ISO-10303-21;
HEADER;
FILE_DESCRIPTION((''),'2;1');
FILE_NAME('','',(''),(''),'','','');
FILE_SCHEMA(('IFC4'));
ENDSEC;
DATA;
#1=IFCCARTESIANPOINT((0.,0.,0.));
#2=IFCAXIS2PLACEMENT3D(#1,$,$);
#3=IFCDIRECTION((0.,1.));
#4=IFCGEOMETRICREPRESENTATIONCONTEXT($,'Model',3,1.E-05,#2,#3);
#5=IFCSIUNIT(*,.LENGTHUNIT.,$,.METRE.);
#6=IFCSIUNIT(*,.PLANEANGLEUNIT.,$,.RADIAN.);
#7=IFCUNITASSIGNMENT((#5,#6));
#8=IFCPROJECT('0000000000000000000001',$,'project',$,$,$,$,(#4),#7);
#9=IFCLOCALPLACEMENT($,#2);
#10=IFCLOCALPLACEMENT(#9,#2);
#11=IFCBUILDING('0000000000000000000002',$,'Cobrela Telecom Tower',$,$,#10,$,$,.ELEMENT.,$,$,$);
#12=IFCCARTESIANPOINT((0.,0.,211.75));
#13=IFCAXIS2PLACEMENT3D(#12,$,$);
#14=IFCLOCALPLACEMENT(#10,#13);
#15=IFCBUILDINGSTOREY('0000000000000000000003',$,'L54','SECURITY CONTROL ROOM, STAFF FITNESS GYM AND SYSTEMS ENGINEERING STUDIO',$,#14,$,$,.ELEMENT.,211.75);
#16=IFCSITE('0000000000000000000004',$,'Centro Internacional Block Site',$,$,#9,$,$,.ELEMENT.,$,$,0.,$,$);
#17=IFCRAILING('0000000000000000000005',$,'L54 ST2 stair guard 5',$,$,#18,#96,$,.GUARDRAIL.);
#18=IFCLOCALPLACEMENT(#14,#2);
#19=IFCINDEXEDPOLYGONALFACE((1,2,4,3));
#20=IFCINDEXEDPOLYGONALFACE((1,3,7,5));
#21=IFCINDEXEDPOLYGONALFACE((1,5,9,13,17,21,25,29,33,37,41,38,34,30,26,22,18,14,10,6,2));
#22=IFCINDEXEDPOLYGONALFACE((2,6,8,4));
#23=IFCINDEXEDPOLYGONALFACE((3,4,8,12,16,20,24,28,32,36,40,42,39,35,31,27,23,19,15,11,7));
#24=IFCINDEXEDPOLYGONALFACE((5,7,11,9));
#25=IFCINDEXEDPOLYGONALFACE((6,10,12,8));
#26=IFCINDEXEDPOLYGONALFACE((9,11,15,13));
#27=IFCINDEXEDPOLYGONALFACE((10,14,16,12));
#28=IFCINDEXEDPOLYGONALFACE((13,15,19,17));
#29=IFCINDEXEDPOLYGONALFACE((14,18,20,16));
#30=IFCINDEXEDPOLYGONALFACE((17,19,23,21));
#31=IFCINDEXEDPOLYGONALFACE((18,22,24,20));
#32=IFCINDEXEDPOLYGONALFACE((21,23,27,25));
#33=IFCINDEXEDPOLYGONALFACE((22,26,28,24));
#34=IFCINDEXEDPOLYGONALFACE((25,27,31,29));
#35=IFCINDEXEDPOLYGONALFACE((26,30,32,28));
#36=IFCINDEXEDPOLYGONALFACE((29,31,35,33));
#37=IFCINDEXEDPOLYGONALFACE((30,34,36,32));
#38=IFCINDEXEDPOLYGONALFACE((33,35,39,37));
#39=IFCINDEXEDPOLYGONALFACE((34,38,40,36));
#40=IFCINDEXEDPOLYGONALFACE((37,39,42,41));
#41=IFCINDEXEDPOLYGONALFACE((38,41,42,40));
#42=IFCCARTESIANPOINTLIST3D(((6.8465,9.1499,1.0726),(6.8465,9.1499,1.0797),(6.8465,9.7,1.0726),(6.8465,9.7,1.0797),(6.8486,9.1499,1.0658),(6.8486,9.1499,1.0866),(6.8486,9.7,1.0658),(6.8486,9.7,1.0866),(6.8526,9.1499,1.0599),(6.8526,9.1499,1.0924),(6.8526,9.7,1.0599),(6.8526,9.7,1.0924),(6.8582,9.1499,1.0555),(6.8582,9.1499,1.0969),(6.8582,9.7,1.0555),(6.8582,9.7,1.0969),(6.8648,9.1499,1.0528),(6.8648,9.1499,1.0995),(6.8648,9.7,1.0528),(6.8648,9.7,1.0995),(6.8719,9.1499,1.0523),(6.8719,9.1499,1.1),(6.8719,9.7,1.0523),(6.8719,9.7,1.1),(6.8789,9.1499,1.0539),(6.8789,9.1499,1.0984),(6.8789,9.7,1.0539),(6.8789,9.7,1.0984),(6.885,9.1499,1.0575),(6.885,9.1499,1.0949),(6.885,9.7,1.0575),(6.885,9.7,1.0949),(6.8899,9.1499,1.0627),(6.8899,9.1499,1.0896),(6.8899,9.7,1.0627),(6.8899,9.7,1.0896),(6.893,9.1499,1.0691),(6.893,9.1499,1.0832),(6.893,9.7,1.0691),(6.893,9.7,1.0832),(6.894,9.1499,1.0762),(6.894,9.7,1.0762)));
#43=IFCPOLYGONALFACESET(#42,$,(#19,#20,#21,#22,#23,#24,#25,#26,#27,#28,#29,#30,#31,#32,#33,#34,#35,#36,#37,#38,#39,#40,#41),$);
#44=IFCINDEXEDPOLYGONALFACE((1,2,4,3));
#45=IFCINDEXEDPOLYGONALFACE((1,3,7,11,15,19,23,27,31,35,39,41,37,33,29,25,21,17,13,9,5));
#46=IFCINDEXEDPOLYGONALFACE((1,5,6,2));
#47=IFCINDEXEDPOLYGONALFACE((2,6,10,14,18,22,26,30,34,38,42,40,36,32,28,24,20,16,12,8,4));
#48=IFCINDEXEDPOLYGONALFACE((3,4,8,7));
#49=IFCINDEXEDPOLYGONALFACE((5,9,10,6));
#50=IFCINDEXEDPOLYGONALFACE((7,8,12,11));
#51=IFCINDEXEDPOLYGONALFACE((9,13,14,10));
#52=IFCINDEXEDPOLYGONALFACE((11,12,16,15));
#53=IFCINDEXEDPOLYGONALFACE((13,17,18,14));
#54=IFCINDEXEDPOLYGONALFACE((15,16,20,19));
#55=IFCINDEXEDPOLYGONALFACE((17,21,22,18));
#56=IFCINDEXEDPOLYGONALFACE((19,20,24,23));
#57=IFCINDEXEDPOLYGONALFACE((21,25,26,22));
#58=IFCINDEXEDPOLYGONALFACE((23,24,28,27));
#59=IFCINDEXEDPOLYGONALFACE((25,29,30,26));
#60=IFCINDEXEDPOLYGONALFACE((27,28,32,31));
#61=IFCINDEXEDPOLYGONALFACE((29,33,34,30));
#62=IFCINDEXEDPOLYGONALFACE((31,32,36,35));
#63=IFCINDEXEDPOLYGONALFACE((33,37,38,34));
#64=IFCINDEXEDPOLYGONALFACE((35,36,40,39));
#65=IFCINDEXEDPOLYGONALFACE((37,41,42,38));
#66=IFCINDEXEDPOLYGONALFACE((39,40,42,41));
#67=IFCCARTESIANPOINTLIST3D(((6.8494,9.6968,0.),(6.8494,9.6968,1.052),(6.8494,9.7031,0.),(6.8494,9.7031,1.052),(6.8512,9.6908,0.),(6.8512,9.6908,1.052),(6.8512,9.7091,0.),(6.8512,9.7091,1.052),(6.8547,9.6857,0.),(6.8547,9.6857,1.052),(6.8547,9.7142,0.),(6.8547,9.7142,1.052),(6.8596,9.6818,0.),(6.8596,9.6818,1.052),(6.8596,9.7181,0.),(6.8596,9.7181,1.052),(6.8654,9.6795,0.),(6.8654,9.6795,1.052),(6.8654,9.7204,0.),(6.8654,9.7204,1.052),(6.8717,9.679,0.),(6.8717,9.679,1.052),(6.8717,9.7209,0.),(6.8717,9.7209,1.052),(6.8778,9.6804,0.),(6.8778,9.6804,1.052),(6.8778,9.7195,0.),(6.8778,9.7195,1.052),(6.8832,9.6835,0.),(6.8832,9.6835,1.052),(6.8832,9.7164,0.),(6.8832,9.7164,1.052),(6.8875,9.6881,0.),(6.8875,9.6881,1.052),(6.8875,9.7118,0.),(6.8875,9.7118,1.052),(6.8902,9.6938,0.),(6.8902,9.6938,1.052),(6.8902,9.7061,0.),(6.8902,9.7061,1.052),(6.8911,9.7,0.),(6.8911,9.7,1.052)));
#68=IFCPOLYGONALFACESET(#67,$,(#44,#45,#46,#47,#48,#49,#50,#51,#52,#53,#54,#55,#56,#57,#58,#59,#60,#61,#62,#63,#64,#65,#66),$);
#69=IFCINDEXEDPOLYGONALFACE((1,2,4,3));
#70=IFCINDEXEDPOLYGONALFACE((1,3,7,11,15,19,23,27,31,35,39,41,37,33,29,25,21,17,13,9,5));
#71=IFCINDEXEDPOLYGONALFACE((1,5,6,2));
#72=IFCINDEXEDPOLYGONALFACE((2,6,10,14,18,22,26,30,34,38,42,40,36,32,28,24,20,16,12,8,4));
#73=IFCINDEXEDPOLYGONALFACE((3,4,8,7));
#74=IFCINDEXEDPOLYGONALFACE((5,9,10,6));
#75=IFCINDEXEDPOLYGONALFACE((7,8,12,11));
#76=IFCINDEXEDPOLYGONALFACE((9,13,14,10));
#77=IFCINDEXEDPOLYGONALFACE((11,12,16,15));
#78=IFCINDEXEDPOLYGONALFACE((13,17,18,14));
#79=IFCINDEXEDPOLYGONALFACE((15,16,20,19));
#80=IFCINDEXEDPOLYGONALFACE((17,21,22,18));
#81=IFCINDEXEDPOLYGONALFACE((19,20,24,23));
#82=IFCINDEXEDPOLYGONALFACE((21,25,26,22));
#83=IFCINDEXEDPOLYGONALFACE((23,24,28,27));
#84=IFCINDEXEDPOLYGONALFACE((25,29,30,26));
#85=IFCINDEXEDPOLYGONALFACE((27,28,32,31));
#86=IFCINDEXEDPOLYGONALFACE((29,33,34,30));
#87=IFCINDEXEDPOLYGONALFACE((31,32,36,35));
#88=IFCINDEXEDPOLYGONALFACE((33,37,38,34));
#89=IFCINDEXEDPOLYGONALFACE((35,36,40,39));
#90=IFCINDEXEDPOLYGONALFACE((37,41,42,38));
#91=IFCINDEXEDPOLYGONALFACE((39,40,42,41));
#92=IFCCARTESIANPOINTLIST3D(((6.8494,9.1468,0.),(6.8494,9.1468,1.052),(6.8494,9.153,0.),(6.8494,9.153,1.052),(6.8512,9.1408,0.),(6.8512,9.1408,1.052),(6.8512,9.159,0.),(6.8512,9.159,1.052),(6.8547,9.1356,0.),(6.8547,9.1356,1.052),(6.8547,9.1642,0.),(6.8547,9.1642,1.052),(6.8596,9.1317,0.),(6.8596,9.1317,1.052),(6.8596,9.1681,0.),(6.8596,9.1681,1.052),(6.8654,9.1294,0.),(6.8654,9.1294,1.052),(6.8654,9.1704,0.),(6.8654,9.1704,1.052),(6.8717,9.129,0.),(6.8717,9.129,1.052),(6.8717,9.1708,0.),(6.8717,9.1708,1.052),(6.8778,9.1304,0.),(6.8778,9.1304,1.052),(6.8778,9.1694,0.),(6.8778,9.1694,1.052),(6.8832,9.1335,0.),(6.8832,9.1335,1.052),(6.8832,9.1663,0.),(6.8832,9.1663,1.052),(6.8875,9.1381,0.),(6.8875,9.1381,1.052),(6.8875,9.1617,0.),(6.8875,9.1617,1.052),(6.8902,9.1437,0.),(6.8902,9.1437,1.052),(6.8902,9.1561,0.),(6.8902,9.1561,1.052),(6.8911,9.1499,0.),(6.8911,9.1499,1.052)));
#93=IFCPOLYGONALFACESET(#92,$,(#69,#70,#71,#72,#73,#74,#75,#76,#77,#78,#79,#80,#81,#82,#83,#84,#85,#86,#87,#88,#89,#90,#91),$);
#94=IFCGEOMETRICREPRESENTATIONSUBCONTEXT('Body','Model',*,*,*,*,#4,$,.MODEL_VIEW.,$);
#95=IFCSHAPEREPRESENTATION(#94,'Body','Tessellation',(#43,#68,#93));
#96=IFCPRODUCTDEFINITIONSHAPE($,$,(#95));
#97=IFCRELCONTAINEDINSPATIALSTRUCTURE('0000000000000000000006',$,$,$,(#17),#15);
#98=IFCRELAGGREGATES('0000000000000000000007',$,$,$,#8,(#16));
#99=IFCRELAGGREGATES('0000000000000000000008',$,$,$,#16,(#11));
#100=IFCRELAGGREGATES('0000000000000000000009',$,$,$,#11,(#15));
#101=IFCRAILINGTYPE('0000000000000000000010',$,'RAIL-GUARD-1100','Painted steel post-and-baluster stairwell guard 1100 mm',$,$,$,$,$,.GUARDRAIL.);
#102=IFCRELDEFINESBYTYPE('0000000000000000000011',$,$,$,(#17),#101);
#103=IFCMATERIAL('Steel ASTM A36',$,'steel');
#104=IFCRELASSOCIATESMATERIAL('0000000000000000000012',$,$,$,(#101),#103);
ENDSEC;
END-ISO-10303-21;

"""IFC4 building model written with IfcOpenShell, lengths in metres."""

from ifc_helpers import new_model, si_unit, direction, frame, origin, origin_2d, place, context, subcontext, project, spatial, circle, extrude, material, type_object, element, save


model = new_model("IFC4")

# Units and contexts
model_context = context("Model", 3, precision=1e-05, world=origin(), true_north=direction((0.0, 1.0)))
body_context = subcontext(model_context, "Body", "Model", "MODEL_VIEW")
ifc_project = project(units=[si_unit("LENGTHUNIT", "METRE"), si_unit("PLANEANGLEUNIT", "RADIAN")], contexts=[model_context])

# Site, building, storey
site_placement = place(None, origin())
site = spatial("IfcSite", under=ifc_project, at=site_placement, Name="Centro Internacional Block Site", CompositionType="ELEMENT", RefElevation=0.0)
building_placement = place(site_placement, origin())
building = spatial("IfcBuilding", under=site, at=building_placement, Name="Cobrela Telecom Tower", CompositionType="ELEMENT")
storey_placement = place(building_placement, frame((0.0, 0.0, 211.75)))
storey = spatial("IfcBuildingStorey", under=building, at=storey_placement, Name="L54", Description="SECURITY CONTROL ROOM, STAFF FITNESS GYM AND SYSTEMS ENGINEERING STUDIO", CompositionType="ELEMENT", Elevation=211.75)

# Railing
ifc_material_1 = material(Name="Steel ASTM A36", Category="steel")
railing_type_1 = type_object("IfcRailingType", Name="RAIL-GUARD-1100", Description="Painted steel post-and-baluster stairwell guard 1100 mm", PredefinedType="GUARDRAIL", material=ifc_material_1)
railing_1_placement = place(storey_placement, frame((6.8701, 9.7, 0.0)))
element("IfcRailing", 1, at=railing_1_placement, inside=storey, type_object=railing_type_1, Name="L54 ST2 stair guard 5", PredefinedType="GUARDRAIL", context=body_context, shape_type="SweptSolid", body=[
    extrude(circle(Radius=0.0239, at=origin_2d()), frame((0.0, 0.0, 1.0762), z_axis=(0.0, -1.0, 0.0), x_axis=(1.0, 0.0, 0.0)), (0.0, 0.0, 1.0), 0.55),
    extrude(circle(Radius=0.021, at=origin_2d()), origin(), (0.0, 0.0, 1.0), 1.052),
    extrude(circle(Radius=0.021, at=origin_2d()), frame((0.0, -0.55, 0.0)), (0.0, 0.0, 1.0), 1.052),
])

save(model, "model.ifc")
